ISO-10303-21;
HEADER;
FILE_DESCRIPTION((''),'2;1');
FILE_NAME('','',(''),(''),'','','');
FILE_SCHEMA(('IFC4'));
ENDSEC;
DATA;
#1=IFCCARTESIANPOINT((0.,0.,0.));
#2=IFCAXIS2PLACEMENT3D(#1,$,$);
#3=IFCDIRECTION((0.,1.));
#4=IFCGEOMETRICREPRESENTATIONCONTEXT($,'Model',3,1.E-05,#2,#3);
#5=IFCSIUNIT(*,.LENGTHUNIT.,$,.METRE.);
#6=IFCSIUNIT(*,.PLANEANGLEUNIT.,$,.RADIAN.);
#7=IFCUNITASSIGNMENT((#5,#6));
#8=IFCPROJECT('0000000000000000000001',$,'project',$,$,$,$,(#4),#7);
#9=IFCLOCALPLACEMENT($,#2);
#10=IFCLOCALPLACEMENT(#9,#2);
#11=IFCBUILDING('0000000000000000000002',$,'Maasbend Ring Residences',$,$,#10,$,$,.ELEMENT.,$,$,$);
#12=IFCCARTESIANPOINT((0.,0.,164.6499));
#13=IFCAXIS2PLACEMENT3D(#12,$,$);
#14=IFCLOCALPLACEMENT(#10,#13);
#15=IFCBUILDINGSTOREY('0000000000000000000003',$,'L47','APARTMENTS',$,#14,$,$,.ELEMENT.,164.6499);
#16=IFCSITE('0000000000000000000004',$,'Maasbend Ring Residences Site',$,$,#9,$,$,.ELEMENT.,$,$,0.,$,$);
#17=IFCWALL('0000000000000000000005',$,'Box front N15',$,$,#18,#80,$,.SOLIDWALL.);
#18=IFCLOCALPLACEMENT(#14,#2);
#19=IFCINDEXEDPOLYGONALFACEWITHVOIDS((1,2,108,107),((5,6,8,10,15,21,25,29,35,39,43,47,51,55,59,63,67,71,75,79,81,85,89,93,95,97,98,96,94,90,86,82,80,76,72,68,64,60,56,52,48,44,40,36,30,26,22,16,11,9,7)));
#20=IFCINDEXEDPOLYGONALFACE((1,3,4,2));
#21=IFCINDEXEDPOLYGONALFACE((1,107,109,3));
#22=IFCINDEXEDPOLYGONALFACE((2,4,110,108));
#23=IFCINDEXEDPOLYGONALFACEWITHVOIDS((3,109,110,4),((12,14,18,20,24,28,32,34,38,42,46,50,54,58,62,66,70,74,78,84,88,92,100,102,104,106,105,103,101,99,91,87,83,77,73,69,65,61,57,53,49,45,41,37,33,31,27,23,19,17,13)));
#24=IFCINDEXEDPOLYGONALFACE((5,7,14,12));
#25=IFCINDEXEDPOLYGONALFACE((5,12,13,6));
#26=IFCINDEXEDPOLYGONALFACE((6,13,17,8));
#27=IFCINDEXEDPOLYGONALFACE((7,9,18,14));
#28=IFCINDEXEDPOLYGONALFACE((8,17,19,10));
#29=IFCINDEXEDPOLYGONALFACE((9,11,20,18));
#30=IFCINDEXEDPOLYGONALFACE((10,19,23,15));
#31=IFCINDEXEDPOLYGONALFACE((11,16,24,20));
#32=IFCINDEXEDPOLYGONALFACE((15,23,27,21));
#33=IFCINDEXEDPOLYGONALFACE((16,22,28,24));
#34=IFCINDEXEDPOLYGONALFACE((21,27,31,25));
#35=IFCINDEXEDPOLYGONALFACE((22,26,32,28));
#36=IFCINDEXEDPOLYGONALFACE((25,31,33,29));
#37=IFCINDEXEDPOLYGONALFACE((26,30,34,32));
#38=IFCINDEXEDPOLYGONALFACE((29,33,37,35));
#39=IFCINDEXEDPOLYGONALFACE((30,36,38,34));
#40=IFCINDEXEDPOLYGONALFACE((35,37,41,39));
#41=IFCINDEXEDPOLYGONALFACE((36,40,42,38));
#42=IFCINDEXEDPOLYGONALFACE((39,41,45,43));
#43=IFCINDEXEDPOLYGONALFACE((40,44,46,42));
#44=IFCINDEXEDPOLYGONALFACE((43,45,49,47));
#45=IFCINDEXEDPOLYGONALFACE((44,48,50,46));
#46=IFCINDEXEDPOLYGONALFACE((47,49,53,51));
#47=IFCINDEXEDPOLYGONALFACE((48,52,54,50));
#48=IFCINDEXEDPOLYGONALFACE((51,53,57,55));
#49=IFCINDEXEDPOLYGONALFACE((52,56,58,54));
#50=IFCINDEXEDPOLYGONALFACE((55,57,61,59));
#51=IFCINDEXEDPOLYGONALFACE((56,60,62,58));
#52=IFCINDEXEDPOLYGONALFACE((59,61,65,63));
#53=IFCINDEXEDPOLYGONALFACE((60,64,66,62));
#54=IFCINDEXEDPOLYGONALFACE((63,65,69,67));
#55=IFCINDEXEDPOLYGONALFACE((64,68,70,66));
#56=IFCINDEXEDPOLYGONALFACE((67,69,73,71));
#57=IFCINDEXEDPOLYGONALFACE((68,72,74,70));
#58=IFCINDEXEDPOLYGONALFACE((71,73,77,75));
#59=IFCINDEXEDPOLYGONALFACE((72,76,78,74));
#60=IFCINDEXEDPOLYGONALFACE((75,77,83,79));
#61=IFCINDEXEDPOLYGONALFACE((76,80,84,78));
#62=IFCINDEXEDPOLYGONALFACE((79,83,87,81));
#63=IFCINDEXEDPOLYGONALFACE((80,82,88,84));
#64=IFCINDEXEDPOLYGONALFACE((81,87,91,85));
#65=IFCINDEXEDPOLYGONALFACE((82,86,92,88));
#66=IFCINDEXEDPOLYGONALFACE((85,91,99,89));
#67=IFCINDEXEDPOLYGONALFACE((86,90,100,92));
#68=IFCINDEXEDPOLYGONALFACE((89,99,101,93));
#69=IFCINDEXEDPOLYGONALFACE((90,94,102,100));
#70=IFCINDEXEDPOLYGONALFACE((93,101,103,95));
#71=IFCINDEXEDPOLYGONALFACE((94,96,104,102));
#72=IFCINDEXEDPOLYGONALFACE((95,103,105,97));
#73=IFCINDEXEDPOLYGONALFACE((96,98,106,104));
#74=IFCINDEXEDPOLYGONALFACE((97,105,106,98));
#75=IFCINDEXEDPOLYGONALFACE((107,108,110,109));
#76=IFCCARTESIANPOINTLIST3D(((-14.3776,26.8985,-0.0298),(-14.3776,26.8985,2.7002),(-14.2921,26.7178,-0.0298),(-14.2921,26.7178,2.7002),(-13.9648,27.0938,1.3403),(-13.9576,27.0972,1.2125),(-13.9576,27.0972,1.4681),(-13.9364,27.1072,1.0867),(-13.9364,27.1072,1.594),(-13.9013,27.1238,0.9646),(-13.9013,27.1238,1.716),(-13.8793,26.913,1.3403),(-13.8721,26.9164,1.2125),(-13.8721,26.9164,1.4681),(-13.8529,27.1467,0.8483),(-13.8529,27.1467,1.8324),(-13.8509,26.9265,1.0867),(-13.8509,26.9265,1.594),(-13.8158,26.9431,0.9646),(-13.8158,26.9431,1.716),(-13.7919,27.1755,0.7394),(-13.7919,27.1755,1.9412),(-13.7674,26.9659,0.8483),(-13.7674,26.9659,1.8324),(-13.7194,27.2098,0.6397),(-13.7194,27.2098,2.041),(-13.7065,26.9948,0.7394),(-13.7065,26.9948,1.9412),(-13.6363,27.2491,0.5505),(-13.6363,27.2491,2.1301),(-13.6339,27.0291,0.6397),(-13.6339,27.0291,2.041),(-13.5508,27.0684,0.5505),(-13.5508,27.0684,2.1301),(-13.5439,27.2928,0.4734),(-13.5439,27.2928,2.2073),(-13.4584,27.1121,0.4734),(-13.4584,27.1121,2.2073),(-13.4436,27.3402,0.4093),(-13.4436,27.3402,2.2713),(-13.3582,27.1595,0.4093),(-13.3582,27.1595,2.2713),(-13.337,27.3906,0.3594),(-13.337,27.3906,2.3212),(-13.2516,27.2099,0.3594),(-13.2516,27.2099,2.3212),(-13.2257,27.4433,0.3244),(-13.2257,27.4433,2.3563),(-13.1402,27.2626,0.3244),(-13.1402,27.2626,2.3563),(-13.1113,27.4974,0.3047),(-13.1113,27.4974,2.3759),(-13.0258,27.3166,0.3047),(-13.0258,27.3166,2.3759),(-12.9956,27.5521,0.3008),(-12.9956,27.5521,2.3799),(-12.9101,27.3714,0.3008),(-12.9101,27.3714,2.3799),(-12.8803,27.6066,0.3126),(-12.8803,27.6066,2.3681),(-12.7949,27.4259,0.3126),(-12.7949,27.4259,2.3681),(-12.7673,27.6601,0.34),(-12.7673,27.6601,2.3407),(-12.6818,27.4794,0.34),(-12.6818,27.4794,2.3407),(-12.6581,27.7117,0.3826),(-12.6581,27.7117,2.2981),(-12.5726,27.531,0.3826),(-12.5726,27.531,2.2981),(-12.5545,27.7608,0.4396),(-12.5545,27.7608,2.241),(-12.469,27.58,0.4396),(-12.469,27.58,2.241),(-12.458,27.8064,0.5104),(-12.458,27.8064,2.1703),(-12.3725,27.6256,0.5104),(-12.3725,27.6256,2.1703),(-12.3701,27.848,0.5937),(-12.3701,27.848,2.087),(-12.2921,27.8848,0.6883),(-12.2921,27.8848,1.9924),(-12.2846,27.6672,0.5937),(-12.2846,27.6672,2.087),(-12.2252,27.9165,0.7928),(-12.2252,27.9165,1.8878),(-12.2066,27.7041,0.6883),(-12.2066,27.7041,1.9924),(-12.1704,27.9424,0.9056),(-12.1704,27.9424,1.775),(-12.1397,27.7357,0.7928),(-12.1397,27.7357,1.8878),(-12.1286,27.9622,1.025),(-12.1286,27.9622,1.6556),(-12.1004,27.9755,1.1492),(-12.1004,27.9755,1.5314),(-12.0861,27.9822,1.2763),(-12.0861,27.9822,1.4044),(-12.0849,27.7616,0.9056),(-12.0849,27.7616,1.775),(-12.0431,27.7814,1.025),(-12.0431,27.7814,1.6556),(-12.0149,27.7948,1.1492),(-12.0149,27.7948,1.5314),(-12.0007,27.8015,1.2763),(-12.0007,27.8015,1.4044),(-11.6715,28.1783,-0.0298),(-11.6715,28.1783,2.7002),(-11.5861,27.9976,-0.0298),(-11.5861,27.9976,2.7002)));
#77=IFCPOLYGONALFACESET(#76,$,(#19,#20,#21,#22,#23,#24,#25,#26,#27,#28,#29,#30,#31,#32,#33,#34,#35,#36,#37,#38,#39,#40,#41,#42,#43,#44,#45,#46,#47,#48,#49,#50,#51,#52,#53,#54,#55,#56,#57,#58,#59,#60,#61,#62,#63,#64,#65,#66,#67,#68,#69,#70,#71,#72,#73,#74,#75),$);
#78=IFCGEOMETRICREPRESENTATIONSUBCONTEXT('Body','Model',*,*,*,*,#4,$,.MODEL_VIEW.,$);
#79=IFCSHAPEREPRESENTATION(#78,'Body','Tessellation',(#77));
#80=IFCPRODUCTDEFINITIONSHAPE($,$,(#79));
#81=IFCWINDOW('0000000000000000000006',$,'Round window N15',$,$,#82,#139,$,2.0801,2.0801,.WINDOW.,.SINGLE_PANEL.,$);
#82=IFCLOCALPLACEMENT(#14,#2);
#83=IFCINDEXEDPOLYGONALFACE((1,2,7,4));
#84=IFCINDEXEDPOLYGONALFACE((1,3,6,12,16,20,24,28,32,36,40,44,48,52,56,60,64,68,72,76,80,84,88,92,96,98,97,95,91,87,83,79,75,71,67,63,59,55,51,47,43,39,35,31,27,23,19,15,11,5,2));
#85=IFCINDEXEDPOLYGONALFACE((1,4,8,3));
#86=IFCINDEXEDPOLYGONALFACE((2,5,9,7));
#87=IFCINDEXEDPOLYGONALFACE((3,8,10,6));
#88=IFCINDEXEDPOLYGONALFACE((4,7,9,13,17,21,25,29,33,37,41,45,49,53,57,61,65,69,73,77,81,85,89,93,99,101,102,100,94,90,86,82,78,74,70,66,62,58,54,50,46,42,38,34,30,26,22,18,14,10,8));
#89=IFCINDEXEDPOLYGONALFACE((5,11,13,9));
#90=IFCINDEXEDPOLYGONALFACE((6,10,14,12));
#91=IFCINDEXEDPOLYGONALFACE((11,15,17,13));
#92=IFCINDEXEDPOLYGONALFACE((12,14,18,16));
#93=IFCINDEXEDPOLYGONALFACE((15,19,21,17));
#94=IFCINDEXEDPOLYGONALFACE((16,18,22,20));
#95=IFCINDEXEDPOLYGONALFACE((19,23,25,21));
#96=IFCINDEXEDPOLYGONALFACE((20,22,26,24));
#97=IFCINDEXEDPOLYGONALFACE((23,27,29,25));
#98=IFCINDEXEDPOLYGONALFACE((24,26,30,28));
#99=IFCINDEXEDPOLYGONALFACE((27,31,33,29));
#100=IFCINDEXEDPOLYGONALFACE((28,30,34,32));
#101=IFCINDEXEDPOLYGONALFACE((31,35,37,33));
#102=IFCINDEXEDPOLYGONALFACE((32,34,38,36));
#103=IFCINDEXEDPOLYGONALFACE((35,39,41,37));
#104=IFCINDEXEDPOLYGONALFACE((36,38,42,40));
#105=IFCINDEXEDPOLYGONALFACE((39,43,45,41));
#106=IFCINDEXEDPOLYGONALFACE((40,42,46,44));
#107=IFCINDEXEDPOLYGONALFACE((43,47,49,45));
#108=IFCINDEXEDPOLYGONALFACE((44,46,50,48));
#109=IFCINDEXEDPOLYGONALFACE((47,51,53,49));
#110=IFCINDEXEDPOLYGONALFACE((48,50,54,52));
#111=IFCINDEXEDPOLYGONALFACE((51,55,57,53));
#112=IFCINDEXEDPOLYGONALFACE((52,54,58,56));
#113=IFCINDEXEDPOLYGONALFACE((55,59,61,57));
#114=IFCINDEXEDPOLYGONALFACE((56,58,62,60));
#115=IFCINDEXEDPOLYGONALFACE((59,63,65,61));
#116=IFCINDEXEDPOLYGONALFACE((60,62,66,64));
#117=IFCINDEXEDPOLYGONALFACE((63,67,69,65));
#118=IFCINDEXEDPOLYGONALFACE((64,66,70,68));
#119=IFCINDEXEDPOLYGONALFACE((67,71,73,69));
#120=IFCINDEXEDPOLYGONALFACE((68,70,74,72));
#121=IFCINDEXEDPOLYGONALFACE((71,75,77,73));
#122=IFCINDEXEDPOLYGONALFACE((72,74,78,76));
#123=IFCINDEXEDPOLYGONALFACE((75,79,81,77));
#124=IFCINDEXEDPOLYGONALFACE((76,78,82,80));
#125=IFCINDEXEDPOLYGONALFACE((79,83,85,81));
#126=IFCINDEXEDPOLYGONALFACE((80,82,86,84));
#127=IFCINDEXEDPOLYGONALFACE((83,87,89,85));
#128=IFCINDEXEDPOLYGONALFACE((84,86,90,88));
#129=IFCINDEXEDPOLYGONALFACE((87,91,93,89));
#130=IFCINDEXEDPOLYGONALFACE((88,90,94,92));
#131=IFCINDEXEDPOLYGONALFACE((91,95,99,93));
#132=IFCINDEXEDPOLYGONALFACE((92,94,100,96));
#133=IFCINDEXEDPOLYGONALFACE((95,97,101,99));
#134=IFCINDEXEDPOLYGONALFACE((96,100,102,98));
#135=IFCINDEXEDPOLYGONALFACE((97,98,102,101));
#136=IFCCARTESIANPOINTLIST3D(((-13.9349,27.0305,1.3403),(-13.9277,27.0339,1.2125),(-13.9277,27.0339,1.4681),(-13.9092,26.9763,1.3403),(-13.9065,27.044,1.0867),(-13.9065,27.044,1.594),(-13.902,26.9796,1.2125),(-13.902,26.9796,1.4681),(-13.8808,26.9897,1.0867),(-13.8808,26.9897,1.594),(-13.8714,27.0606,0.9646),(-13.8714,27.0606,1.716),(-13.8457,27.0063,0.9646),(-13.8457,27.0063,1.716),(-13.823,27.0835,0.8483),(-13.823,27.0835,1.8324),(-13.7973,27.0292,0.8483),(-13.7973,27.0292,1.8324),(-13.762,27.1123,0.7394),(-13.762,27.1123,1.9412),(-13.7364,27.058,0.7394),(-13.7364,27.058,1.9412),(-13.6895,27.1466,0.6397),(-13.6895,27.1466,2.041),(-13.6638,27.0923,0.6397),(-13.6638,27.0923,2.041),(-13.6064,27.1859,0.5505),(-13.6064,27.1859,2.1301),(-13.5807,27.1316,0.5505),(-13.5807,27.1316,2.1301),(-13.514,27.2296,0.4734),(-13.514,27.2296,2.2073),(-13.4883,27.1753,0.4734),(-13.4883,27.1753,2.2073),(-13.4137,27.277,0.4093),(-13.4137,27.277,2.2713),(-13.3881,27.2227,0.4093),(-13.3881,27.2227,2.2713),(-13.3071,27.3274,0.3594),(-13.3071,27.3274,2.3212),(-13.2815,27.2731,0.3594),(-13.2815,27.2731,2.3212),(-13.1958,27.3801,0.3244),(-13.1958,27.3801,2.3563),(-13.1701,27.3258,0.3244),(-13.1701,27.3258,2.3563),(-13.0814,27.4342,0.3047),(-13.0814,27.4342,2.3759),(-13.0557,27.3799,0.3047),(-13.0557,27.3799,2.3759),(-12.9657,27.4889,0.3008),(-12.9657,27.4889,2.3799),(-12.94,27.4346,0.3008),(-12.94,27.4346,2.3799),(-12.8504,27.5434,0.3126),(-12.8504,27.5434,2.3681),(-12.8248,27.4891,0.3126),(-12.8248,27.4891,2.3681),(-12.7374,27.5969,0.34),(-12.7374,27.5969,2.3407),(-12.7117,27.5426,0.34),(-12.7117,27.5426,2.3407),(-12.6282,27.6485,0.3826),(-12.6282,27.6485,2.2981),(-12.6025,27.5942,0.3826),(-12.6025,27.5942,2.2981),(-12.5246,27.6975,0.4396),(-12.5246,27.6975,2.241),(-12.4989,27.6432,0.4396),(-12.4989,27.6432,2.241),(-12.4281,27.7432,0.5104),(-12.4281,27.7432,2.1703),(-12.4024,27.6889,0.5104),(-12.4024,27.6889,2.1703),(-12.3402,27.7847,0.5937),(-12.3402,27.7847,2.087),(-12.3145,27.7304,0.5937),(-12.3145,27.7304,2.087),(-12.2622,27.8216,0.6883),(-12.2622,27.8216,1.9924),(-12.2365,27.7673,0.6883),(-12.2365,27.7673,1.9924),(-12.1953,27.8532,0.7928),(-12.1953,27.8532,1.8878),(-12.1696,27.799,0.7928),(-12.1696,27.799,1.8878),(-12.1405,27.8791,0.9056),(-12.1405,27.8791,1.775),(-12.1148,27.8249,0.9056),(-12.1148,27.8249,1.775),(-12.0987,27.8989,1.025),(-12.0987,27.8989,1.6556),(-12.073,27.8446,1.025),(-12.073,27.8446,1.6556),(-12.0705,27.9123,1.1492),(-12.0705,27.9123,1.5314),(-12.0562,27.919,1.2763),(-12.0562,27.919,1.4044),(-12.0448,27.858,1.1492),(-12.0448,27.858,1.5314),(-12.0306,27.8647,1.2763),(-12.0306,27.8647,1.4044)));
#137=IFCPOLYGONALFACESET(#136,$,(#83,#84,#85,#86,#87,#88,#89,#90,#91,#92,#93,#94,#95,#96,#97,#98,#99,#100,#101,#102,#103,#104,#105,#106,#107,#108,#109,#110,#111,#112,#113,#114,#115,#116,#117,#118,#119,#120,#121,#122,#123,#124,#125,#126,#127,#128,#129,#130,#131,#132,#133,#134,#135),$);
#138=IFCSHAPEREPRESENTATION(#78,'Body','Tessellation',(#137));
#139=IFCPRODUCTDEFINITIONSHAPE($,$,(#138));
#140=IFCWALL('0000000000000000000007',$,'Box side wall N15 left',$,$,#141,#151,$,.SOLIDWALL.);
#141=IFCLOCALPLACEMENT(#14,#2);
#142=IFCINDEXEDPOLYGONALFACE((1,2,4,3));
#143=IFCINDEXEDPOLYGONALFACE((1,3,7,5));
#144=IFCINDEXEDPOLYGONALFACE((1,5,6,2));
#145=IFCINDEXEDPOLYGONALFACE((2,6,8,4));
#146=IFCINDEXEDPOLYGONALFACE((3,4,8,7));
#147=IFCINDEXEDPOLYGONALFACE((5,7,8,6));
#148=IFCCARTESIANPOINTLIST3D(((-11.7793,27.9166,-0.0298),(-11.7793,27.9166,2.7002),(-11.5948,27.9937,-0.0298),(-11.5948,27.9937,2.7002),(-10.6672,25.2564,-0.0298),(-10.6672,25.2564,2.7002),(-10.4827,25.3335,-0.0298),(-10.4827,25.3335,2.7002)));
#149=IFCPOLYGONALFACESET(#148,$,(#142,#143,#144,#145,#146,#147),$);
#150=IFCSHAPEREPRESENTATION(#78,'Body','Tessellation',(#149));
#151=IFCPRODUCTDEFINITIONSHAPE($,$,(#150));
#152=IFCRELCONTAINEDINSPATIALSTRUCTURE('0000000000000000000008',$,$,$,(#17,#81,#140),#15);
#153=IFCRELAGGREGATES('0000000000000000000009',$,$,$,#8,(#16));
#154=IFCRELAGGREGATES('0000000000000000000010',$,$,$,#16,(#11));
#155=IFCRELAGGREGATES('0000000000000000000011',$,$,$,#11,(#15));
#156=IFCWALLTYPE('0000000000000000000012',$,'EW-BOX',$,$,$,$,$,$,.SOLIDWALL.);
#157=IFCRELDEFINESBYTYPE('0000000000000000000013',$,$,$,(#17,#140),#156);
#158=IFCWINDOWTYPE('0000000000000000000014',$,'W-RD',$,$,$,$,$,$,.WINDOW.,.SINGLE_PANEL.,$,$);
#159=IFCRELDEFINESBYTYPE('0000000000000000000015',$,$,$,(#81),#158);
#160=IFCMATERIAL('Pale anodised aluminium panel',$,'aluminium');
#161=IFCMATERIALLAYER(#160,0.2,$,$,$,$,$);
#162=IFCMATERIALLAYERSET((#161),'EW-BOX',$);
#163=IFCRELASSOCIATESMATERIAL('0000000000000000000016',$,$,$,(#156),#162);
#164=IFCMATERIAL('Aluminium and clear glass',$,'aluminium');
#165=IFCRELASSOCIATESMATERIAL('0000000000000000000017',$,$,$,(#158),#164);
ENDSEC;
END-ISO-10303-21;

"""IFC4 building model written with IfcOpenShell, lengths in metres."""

from ifc_helpers import new_model, si_unit, direction, frame, frame_2d, origin, place, context, subcontext, project, spatial, rectangle, circle, extrude, material, layer, layer_set, type_object, element, fill, save


model = new_model("IFC4")

# Units and contexts
model_context = context("Model", 3, precision=1e-05, world=origin(), true_north=direction((0.0, 1.0)))
body_context = subcontext(model_context, "Body", "Model", "MODEL_VIEW")
ifc_project = project(units=[si_unit("LENGTHUNIT", "METRE"), si_unit("PLANEANGLEUNIT", "RADIAN")], contexts=[model_context])

# Site, building, storey
site_placement = place(None, origin())
site = spatial("IfcSite", under=ifc_project, at=site_placement, Name="Maasbend Ring Residences Site", CompositionType="ELEMENT", RefElevation=0.0)
building_placement = place(site_placement, origin())
building = spatial("IfcBuilding", under=site, at=building_placement, Name="Maasbend Ring Residences", CompositionType="ELEMENT")
storey_placement = place(building_placement, frame((0.0, 0.0, 164.6499)))
storey = spatial("IfcBuildingStorey", under=building, at=storey_placement, Name="L47", Description="APARTMENTS", CompositionType="ELEMENT", Elevation=164.6499)

# Shared definitions
ifc_material_1 = material(Name="Pale anodised aluminium panel", Category="aluminium")
ifc_layer_1 = layer(ifc_material_1, 0.2)
ifc_layer_set_1 = layer_set([ifc_layer_1], Name="EW-BOX")
wall_type_1 = type_object("IfcWallType", Name="EW-BOX", PredefinedType="SOLIDWALL", material=ifc_layer_set_1)

# Shared definitions
ifc_material_2 = material(Name="Aluminium and clear glass", Category="aluminium")
window_type_1 = type_object("IfcWindowType", Name="W-RD", PartitioningType="SINGLE_PANEL", PredefinedType="WINDOW", material=ifc_material_2)

# Wall, opening, window
wall_1_placement = place(storey_placement, frame((-11.6289, 28.0879, -0.0298), z_axis=(0.0, 0.0, 1.0), x_axis=(-0.904, -0.427532, 0.0)))
wall_1 = element("IfcWall", 1, at=wall_1_placement, inside=storey, type_object=wall_type_1, Name="Box front N15", PredefinedType="SOLIDWALL", context=body_context, shape_type="SweptSolid", body=[
    extrude(rectangle(XDim=2.9934, YDim=0.2, at=frame_2d((1.4966, 0.0))), origin(), (0.0, 0.0, 1.0), 2.73),
])
opening_1_placement = place(wall_1_placement, frame((0.4565, 0.0, 0.3301)))
opening_1 = element("IfcOpeningElement", 2, at=opening_1_placement, cuts=wall_1, PredefinedType="OPENING", context=body_context, shape_type="SweptSolid", body=[
    extrude(circle(Radius=1.04, at=frame_2d((1.04, 1.04))), frame((0.0, 0.1099, 0.0), z_axis=(0.0, -1.0, 0.0), x_axis=(1.0, 0.0, 0.0)), (0.0, 0.0, 1.0), 0.22),
])
window_1_placement = place(opening_1_placement, origin())
window_1 = element("IfcWindow", 3, at=window_1_placement, inside=storey, type_object=window_type_1, Name="Round window N15", OverallHeight=2.0801, OverallWidth=2.0801, PartitioningType="SINGLE_PANEL", PredefinedType="WINDOW", context=body_context, shape_type="SweptSolid", body=[
    extrude(circle(Radius=1.04, at=frame_2d((1.04, 1.04))), frame((0.0, 0.03, 0.0), z_axis=(0.0, -1.0, 0.0), x_axis=(1.0, 0.0, 0.0)), (0.0, 0.0, 1.0), 0.0601),
])
fill(opening_1, window_1)

# Wall
wall_2_placement = place(storey_placement, frame((-10.575, 25.2949, -0.0298), z_axis=(0.0, 0.0, 1.0), x_axis=(-0.385697, 0.922625, 0.0)))
element("IfcWall", 4, at=wall_2_placement, inside=storey, type_object=wall_type_1, Name="Box side wall N15 left", PredefinedType="SOLIDWALL", context=body_context, shape_type="SweptSolid", body=[
    extrude(rectangle(XDim=2.8833, YDim=0.2, at=frame_2d((1.4417, 0.0))), origin(), (0.0, 0.0, 1.0), 2.73),
])

save(model, "model.ifc")
